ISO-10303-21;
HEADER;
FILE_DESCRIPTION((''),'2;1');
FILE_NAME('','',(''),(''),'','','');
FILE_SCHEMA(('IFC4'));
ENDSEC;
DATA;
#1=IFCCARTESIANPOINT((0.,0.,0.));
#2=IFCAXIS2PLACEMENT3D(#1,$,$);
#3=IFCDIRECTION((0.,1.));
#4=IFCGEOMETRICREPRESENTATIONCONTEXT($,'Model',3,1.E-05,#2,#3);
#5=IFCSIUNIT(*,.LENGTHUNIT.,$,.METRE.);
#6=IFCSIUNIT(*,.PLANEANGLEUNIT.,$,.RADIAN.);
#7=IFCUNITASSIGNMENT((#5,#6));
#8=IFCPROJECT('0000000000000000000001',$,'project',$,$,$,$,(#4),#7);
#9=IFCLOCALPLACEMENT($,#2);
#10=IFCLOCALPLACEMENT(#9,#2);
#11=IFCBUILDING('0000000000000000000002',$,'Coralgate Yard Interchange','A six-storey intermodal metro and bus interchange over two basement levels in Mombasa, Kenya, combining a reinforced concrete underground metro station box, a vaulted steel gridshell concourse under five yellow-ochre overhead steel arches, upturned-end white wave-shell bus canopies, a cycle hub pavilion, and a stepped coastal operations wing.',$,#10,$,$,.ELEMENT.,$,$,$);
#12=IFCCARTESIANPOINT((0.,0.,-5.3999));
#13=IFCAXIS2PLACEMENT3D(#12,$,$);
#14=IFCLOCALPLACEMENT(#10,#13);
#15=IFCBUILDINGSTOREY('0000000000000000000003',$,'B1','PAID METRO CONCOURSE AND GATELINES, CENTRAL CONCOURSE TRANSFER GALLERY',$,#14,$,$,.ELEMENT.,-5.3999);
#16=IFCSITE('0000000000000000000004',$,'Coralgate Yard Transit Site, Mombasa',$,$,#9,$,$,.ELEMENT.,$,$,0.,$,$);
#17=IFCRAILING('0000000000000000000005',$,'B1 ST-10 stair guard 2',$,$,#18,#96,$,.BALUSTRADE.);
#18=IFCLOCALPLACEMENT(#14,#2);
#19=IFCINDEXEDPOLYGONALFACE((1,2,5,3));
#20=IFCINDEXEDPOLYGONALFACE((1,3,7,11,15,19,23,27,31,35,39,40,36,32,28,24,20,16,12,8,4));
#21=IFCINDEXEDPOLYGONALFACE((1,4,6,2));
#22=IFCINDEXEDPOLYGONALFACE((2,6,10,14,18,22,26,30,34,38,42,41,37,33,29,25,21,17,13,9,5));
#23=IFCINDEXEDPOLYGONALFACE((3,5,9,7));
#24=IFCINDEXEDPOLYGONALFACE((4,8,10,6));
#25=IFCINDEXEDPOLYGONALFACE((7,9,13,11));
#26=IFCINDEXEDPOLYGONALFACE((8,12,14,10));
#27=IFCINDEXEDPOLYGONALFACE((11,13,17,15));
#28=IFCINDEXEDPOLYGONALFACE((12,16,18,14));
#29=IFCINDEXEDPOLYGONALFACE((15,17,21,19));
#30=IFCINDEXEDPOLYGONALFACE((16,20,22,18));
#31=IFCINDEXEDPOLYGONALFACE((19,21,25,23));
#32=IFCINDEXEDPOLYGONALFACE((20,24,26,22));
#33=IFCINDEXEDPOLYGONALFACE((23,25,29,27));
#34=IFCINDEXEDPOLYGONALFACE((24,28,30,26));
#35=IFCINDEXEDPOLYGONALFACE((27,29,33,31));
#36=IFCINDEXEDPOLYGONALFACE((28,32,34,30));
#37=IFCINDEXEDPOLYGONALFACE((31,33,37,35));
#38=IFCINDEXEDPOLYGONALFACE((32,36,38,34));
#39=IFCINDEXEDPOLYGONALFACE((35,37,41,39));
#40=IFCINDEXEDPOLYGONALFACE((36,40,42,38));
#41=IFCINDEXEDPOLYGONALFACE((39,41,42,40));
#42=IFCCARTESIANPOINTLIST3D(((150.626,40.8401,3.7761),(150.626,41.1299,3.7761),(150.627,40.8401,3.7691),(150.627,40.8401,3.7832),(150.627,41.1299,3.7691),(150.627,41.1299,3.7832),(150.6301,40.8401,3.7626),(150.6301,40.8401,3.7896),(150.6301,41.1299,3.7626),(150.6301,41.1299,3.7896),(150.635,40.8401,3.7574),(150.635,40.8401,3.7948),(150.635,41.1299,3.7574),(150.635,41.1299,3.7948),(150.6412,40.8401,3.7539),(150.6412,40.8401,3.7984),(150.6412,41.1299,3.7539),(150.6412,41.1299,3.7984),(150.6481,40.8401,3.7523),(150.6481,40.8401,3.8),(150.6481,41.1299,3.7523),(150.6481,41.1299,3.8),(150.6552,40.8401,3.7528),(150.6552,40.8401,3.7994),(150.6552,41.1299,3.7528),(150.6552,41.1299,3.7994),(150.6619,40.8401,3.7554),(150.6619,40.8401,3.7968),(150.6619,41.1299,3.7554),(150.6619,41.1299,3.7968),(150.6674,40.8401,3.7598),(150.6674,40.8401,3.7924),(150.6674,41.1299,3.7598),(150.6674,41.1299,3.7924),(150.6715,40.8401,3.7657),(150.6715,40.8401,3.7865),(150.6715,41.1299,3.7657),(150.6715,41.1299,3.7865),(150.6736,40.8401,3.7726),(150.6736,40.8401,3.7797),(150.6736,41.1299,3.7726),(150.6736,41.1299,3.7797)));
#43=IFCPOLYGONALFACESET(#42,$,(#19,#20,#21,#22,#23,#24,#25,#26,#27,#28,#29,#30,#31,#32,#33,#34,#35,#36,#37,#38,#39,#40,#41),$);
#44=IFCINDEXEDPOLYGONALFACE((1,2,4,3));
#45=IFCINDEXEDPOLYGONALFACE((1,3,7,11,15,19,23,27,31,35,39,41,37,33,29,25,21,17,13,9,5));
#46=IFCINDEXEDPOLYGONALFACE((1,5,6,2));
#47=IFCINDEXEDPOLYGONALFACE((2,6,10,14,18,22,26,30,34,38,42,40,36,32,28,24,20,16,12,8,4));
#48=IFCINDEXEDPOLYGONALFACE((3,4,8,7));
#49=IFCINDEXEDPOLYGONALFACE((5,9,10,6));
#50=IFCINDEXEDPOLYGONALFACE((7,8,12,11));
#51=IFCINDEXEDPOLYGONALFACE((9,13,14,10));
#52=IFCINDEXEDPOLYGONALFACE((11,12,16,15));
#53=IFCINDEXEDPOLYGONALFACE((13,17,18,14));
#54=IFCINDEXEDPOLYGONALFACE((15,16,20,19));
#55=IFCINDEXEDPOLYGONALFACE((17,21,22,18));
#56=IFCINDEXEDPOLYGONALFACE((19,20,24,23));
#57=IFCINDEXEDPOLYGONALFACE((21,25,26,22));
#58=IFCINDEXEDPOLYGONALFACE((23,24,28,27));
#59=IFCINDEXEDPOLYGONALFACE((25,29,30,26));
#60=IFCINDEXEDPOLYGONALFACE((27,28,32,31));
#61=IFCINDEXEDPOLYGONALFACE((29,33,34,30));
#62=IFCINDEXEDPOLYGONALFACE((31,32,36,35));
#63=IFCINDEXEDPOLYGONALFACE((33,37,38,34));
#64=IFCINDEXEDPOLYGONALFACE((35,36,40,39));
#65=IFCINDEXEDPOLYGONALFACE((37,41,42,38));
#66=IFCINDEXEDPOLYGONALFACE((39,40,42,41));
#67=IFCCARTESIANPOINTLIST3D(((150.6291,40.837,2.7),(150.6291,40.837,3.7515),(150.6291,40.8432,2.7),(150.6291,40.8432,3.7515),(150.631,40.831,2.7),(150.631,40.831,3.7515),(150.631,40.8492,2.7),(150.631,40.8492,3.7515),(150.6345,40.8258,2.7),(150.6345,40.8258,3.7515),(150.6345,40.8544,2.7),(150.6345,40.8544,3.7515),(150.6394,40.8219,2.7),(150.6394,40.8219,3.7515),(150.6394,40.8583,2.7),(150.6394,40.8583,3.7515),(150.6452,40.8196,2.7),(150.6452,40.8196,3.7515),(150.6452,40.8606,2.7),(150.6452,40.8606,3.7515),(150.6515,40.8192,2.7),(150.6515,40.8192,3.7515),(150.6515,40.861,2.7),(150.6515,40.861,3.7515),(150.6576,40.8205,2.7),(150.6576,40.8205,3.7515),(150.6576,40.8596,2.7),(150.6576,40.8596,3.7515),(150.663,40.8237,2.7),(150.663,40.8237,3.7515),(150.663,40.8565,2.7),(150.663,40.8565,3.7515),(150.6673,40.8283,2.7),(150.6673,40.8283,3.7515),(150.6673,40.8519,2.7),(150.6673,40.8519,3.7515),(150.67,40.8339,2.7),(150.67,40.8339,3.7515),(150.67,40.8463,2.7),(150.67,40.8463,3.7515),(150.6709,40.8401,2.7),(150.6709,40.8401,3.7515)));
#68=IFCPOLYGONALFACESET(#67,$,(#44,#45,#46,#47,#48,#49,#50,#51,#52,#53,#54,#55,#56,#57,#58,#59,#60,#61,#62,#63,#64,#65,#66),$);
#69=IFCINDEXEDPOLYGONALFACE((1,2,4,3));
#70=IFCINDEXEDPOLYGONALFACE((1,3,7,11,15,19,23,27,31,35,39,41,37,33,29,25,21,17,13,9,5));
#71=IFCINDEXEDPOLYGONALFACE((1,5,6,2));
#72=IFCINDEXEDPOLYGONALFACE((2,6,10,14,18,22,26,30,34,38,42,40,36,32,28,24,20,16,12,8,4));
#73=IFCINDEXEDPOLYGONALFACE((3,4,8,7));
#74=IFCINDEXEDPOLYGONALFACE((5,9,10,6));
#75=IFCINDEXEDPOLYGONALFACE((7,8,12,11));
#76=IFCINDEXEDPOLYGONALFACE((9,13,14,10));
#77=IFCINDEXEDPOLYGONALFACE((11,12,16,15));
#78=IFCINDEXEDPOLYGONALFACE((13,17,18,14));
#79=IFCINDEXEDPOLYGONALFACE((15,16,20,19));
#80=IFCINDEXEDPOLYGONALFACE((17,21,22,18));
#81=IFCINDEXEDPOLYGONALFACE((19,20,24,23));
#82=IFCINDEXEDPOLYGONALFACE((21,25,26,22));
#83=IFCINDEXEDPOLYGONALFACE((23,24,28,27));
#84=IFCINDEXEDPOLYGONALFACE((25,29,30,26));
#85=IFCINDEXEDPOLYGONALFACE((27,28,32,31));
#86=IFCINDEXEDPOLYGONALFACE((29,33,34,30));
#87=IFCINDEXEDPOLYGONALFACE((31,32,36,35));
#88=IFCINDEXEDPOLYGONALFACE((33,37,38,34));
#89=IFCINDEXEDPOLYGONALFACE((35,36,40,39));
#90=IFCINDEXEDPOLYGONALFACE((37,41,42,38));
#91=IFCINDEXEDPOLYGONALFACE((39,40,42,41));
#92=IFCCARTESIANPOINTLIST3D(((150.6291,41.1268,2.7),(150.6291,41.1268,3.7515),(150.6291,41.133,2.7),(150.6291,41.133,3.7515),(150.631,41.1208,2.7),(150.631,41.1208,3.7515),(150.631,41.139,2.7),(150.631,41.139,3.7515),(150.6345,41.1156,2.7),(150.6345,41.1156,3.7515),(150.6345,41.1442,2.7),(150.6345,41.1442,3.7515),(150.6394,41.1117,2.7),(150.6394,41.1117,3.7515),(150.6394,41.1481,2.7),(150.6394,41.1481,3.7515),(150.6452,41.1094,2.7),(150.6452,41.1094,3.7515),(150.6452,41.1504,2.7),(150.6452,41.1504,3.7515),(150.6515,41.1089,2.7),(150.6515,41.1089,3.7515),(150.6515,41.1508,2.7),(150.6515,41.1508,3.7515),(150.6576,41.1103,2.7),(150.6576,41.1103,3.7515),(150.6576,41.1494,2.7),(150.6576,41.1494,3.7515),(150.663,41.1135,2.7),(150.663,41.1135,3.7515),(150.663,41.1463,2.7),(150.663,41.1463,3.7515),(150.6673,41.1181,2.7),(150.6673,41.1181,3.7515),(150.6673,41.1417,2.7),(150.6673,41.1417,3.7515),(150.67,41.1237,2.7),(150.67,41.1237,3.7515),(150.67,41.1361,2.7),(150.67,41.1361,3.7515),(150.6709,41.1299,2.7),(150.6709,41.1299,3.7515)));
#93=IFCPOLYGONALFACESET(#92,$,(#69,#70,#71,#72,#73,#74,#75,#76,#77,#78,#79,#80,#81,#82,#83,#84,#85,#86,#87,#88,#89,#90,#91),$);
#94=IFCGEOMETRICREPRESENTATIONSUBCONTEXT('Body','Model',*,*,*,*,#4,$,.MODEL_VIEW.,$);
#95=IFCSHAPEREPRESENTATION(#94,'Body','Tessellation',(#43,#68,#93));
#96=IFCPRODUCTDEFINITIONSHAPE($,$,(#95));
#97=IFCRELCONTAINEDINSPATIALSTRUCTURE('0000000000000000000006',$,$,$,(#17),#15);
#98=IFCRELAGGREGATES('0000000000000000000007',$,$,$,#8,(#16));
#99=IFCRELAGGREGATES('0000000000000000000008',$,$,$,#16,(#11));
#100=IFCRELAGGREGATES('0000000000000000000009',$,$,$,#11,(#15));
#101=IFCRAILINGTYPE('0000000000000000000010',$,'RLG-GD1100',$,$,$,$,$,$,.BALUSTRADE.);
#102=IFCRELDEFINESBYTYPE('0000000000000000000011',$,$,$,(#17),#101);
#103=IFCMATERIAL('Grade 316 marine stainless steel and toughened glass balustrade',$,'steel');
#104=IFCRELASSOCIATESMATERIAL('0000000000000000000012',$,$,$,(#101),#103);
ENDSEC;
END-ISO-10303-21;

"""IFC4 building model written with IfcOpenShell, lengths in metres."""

from ifc_helpers import new_model, si_unit, direction, frame, origin, origin_2d, place, context, subcontext, project, spatial, circle, extrude, material, type_object, element, save


model = new_model("IFC4")

# Units and contexts
model_context = context("Model", 3, precision=1e-05, world=origin(), true_north=direction((0.0, 1.0)))
body_context = subcontext(model_context, "Body", "Model", "MODEL_VIEW")
ifc_project = project(units=[si_unit("LENGTHUNIT", "METRE"), si_unit("PLANEANGLEUNIT", "RADIAN")], contexts=[model_context])

# Site, building, storey
site_placement = place(None, origin())
site = spatial("IfcSite", under=ifc_project, at=site_placement, Name="Coralgate Yard Transit Site, Mombasa", CompositionType="ELEMENT", RefElevation=0.0)
building_placement = place(site_placement, origin())
building = spatial("IfcBuilding", under=site, at=building_placement, Name="Coralgate Yard Interchange", Description="A six-storey intermodal metro and bus interchange over two basement levels in Mombasa, Kenya, combining a reinforced concrete underground metro station box, a vaulted steel gridshell concourse under five yellow-ochre overhead steel arches, upturned-end white wave-shell bus canopies, a cycle hub pavilion, and a stepped coastal operations wing.", CompositionType="ELEMENT")
storey_placement = place(building_placement, frame((0.0, 0.0, -5.3999)))
storey = spatial("IfcBuildingStorey", under=building, at=storey_placement, Name="B1", Description="PAID METRO CONCOURSE AND GATELINES, CENTRAL CONCOURSE TRANSFER GALLERY", CompositionType="ELEMENT", Elevation=-5.3999)

# Railing
ifc_material_1 = material(Name="Grade 316 marine stainless steel and toughened glass balustrade", Category="steel")
railing_type_1 = type_object("IfcRailingType", Name="RLG-GD1100", PredefinedType="BALUSTRADE", material=ifc_material_1)
railing_1_placement = place(storey_placement, frame((150.6499, 40.8401, 2.7)))
element("IfcRailing", 1, at=railing_1_placement, inside=storey, type_object=railing_type_1, Name="B1 ST-10 stair guard 2", PredefinedType="BALUSTRADE", context=body_context, shape_type="SweptSolid", body=[
    extrude(circle(Radius=0.0239, at=origin_2d()), frame((0.0, 0.0, 1.0762), z_axis=(0.0, 1.0, 0.0), x_axis=(-1.0, 0.0, 0.0)), (0.0, 0.0, 1.0), 0.2898),
    extrude(circle(Radius=0.021, at=origin_2d()), origin(), (0.0, 0.0, 1.0), 1.0515),
    extrude(circle(Radius=0.021, at=origin_2d()), frame((0.0, 0.2898, 0.0)), (0.0, 0.0, 1.0), 1.0515),
])

save(model, "model.ifc")
